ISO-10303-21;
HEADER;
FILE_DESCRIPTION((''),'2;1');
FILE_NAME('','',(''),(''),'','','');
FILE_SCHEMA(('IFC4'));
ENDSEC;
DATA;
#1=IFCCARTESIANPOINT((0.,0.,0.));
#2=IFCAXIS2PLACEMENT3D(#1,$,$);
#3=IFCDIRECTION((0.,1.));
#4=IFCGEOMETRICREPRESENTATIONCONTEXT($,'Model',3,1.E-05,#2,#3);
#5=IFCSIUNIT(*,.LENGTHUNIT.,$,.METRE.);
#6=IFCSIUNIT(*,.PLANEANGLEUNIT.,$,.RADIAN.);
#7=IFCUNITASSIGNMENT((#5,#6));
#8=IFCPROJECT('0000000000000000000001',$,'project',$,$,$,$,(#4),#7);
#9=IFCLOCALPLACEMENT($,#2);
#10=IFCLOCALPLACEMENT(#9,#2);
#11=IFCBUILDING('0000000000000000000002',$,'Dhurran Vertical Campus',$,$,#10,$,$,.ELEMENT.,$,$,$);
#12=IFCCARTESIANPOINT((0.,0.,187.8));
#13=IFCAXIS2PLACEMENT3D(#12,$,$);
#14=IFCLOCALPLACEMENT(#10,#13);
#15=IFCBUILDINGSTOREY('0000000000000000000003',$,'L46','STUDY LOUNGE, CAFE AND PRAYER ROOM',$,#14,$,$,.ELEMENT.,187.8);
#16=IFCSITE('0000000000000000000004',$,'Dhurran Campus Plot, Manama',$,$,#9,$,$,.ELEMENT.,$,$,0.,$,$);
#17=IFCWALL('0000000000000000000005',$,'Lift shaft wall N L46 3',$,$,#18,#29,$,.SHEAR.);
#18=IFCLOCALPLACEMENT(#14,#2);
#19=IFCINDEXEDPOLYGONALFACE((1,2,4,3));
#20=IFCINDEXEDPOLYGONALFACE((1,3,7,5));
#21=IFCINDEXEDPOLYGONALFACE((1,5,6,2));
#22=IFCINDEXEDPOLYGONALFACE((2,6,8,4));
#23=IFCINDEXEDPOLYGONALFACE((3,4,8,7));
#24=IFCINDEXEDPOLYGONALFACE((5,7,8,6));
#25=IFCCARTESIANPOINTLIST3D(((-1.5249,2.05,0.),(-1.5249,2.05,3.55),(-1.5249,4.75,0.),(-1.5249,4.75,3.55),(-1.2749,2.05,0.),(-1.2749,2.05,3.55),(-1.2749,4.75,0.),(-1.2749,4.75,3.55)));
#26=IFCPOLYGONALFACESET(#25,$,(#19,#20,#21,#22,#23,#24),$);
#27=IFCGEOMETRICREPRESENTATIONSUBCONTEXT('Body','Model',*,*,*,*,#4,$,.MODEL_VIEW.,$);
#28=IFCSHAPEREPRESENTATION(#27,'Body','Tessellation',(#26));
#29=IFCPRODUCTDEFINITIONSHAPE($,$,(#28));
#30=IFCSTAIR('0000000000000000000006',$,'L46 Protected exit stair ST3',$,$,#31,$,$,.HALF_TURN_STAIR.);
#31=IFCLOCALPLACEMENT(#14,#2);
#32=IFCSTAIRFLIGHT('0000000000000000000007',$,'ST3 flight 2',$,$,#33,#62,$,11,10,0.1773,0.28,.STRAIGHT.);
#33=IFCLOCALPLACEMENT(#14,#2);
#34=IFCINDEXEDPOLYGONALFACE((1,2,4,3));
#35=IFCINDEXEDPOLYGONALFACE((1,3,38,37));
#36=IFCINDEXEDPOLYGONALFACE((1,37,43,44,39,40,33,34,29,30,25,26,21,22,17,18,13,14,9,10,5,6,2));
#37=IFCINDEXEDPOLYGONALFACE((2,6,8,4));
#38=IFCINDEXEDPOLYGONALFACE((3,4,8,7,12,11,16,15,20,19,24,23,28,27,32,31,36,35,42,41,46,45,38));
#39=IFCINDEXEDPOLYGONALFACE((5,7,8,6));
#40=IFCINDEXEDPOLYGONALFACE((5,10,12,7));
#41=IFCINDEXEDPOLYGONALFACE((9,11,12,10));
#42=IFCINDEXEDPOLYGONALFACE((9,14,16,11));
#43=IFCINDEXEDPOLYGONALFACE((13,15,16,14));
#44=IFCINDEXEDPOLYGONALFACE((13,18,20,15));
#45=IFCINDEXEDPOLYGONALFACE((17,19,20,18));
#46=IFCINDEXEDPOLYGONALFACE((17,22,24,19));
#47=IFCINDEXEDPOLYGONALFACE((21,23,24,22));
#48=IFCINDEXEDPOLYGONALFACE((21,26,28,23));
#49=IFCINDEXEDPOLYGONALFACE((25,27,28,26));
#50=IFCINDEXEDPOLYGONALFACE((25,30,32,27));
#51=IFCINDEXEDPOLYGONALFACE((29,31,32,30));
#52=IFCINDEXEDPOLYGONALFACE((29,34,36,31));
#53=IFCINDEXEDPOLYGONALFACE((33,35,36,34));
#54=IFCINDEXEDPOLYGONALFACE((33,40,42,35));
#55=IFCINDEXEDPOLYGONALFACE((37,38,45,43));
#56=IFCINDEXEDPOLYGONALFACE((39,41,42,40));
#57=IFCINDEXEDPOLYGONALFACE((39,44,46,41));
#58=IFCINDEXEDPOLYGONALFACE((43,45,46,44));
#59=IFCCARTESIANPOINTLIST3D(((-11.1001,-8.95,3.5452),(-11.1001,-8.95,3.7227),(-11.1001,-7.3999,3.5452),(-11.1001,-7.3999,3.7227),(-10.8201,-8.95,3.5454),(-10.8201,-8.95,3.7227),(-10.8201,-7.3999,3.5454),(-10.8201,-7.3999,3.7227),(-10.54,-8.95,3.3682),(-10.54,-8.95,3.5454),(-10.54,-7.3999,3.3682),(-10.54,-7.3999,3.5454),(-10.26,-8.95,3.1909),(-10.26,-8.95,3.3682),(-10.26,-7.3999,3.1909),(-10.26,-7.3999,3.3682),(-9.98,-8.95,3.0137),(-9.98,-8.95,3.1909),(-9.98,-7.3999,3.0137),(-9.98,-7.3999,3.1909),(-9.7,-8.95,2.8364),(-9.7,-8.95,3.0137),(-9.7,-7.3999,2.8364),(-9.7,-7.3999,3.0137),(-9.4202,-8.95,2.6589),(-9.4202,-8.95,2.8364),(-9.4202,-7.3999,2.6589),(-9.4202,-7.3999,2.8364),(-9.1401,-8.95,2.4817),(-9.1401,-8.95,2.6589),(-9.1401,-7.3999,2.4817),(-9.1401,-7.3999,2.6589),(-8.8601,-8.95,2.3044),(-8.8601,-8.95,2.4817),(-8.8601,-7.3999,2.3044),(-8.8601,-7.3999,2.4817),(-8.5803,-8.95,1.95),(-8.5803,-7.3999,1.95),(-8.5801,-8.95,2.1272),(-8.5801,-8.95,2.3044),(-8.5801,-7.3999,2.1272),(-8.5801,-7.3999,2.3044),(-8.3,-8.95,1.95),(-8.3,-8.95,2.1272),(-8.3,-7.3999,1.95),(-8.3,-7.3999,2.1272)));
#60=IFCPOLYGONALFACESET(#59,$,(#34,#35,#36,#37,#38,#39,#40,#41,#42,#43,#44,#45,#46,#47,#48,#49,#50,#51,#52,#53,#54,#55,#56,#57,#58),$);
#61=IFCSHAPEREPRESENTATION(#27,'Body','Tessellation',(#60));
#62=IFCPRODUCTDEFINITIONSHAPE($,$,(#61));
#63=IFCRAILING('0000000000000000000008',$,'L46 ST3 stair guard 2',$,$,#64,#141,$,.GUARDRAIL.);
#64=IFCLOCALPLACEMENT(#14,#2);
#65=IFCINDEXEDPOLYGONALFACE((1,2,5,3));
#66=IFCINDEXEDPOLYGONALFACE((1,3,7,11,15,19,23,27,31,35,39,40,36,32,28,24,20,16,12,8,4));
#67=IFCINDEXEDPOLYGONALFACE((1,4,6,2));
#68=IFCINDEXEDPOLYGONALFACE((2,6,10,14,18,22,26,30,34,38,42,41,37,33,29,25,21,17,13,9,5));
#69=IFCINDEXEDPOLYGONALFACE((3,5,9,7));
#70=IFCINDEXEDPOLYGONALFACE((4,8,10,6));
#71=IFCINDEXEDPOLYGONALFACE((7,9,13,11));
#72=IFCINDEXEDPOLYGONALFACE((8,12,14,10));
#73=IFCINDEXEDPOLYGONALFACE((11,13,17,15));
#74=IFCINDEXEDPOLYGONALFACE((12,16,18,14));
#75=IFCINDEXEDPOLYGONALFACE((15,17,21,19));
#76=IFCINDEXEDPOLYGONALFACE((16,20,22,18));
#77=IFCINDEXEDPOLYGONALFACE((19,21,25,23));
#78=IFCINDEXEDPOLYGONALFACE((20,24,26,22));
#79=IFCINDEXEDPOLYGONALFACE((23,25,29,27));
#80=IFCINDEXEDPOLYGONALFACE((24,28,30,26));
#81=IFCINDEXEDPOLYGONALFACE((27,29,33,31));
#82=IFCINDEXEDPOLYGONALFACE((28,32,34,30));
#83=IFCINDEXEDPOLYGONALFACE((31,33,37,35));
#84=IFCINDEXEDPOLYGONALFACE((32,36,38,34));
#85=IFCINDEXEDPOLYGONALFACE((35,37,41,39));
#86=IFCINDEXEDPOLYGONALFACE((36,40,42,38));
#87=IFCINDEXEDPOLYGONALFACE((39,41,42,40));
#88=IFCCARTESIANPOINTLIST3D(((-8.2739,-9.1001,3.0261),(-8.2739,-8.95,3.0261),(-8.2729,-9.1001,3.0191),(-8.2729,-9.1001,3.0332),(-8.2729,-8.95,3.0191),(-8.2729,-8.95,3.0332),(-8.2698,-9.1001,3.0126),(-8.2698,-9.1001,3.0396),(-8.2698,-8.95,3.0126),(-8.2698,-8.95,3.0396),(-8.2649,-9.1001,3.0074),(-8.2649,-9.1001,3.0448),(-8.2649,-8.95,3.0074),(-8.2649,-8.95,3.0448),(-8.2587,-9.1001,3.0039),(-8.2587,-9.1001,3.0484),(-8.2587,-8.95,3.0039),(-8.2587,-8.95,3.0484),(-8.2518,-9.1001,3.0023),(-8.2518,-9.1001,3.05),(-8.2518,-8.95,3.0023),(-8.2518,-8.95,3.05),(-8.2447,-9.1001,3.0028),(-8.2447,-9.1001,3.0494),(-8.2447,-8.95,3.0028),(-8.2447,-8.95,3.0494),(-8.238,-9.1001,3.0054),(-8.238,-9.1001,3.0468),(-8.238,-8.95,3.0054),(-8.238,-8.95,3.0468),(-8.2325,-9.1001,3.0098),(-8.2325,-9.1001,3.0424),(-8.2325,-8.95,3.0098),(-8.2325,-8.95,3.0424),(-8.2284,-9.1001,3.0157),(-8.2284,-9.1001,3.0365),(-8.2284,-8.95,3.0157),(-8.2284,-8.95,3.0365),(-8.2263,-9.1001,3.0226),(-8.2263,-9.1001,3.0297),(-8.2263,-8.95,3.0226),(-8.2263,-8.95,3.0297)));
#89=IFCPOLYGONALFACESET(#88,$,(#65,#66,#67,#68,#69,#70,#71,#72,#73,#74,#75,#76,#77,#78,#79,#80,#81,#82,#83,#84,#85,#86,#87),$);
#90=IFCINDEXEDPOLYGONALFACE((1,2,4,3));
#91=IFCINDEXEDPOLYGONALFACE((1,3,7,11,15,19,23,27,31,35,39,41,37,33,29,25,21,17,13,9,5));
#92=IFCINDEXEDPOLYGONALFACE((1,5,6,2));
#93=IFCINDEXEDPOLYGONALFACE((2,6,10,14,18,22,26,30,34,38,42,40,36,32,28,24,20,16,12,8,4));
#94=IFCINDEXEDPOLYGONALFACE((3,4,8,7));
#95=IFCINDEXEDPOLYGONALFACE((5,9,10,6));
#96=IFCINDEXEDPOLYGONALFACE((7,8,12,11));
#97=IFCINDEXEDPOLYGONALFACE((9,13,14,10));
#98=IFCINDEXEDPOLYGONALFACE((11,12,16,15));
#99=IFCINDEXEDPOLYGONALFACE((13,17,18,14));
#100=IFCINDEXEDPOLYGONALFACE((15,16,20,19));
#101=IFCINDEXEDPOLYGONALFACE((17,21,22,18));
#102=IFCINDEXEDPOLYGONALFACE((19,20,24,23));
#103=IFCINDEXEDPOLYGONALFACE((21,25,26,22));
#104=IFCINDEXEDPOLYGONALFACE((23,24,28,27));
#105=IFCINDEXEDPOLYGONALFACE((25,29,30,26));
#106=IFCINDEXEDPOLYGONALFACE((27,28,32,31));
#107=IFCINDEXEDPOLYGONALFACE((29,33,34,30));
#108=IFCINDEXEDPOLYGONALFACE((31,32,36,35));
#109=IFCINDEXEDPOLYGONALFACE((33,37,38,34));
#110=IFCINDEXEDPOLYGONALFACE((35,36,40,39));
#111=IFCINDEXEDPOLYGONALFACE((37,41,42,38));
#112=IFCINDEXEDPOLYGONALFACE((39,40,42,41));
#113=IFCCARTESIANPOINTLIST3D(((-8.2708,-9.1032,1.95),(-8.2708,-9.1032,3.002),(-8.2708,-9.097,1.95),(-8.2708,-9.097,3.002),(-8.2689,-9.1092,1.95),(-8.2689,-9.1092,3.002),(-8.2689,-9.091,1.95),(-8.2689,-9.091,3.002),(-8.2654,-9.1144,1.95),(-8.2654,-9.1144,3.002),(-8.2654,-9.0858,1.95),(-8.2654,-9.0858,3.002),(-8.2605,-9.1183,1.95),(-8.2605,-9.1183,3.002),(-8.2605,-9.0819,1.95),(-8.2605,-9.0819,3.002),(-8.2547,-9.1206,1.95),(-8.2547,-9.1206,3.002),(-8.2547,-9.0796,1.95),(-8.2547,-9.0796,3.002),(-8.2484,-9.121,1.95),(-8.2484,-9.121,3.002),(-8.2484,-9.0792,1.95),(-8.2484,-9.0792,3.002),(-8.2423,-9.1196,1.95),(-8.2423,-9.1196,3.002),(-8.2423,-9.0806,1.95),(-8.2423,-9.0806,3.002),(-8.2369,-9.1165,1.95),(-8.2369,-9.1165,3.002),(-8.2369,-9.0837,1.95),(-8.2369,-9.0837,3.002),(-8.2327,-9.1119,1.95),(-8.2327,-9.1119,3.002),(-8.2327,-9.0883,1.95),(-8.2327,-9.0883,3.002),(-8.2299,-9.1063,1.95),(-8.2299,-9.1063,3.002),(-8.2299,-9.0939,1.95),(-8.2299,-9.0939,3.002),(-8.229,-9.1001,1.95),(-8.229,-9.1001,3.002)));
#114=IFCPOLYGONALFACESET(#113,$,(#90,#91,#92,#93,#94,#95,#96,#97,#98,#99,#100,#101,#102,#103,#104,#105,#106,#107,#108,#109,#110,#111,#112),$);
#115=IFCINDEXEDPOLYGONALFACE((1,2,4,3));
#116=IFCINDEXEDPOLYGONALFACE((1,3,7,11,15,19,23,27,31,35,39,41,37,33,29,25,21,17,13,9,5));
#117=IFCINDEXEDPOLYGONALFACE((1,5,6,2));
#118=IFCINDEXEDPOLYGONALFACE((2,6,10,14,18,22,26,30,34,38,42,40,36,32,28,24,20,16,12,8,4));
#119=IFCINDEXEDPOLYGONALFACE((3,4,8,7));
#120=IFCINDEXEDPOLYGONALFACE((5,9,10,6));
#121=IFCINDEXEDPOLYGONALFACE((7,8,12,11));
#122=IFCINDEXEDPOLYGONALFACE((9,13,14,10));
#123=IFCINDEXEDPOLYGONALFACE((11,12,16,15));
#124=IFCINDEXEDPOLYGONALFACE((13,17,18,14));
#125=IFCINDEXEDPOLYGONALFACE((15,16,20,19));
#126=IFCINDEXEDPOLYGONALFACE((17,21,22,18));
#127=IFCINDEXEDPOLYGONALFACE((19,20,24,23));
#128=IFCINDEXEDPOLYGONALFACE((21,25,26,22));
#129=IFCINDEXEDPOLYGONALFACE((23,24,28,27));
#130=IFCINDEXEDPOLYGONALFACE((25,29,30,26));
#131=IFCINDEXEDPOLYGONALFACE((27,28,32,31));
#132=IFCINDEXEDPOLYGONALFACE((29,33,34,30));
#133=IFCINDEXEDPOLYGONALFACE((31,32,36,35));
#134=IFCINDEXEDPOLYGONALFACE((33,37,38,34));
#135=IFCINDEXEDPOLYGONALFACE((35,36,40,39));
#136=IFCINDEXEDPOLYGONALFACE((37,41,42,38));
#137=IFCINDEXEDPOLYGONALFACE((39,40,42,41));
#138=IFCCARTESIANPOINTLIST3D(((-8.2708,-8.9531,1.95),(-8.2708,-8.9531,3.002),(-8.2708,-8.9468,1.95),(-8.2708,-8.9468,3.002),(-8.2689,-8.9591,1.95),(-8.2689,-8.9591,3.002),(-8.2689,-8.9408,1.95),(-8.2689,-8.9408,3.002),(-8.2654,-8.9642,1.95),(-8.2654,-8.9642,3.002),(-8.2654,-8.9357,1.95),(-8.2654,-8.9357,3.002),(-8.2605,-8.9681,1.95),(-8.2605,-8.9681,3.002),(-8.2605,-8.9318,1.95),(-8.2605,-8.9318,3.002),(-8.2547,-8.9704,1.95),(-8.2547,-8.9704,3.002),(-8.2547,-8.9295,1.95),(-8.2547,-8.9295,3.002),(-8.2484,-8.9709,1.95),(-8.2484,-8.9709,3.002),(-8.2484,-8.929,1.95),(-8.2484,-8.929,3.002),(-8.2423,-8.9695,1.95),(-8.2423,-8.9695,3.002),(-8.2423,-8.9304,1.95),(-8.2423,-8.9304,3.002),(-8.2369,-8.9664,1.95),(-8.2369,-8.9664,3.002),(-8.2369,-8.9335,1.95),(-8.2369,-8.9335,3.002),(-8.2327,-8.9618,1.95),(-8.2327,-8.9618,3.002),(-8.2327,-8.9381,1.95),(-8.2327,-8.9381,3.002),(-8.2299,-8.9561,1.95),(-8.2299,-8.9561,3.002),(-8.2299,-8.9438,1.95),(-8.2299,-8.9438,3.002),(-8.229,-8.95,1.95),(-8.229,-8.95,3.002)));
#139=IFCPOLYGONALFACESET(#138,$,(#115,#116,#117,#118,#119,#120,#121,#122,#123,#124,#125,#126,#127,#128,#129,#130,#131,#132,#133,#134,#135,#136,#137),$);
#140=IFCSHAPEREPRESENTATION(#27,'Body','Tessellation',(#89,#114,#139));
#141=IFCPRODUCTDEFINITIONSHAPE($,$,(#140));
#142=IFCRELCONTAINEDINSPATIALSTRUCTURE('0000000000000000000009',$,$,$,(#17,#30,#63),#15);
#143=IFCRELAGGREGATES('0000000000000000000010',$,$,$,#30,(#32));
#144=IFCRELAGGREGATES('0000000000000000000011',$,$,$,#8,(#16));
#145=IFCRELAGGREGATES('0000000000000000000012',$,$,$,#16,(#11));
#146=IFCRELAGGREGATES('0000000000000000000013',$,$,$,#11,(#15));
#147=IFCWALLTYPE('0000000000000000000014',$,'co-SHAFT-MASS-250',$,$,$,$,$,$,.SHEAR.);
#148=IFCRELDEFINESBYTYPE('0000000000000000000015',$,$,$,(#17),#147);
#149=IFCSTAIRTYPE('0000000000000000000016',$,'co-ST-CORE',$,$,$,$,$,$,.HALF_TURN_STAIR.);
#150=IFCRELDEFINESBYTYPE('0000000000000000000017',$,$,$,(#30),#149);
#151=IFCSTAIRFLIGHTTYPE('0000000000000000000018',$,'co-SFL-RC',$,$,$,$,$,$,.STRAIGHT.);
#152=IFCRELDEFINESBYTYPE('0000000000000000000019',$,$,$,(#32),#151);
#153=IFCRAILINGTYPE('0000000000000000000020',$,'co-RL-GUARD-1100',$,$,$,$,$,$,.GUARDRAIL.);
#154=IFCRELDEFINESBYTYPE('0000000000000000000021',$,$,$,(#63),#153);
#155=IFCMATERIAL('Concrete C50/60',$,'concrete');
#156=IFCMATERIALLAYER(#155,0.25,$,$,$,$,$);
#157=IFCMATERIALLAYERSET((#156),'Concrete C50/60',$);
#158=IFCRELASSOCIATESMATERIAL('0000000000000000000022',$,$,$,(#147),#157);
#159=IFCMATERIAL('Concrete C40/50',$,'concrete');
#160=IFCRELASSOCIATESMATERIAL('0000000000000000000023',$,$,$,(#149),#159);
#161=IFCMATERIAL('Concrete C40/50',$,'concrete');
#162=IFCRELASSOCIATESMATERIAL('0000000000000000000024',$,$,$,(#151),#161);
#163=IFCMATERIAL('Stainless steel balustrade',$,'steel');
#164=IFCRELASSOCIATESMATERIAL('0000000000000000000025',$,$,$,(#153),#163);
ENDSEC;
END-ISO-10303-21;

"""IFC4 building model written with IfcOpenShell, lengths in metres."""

from ifc_helpers import new_model, si_unit, direction, frame, origin, origin_2d, place, context, subcontext, project, spatial, polyline, circle, outline, extrude, material, layer, layer_set, type_object, element, aggregate, save


model = new_model("IFC4")

# Units and contexts
model_context = context("Model", 3, precision=1e-05, world=origin(), true_north=direction((0.0, 1.0)))
body_context = subcontext(model_context, "Body", "Model", "MODEL_VIEW")
ifc_project = project(units=[si_unit("LENGTHUNIT", "METRE"), si_unit("PLANEANGLEUNIT", "RADIAN")], contexts=[model_context])

# Site, building, storey
site_placement = place(None, origin())
site = spatial("IfcSite", under=ifc_project, at=site_placement, Name="Dhurran Campus Plot, Manama", CompositionType="ELEMENT", RefElevation=0.0)
building_placement = place(site_placement, origin())
building = spatial("IfcBuilding", under=site, at=building_placement, Name="Dhurran Vertical Campus", CompositionType="ELEMENT")
storey_placement = place(building_placement, frame((0.0, 0.0, 187.8)))
storey = spatial("IfcBuildingStorey", under=building, at=storey_placement, Name="L46", Description="STUDY LOUNGE, CAFE AND PRAYER ROOM", CompositionType="ELEMENT", Elevation=187.8)

# Wall
ifc_material_1 = material(Name="Concrete C50/60", Category="concrete")
ifc_layer_1 = layer(ifc_material_1, 0.25)
ifc_layer_set_1 = layer_set([ifc_layer_1], Name="Concrete C50/60")
wall_type_1 = type_object("IfcWallType", Name="co-SHAFT-MASS-250", PredefinedType="SHEAR", material=ifc_layer_set_1)
wall_1_placement = place(storey_placement, origin())
element("IfcWall", 1, at=wall_1_placement, inside=storey, type_object=wall_type_1, Name="Lift shaft wall N L46 3", PredefinedType="SHEAR", context=body_context, shape_type="SweptSolid", body=[
    extrude(outline(polyline([(-1.5249, 2.05), (-1.2749, 2.05), (-1.2749, 4.75), (-1.5249, 4.75), (-1.5249, 2.05)])), origin(), (0.0, 0.0, 1.0), 3.55),
])

# Stair, stair flight
ifc_material_2 = material(Name="Concrete C40/50", Category="concrete")
stair_type = type_object("IfcStairType", Name="co-ST-CORE", PredefinedType="HALF_TURN_STAIR", material=ifc_material_2)
stair_placement = place(storey_placement, origin())
stair = element("IfcStair", 2, at=stair_placement, inside=storey, type_object=stair_type, Name="L46 Protected exit stair ST3", PredefinedType="HALF_TURN_STAIR")
ifc_material_3 = material(Name="Concrete C40/50", Category="concrete")
stair_flight_type = type_object("IfcStairFlightType", Name="co-SFL-RC", PredefinedType="STRAIGHT", material=ifc_material_3)
stair_flight_placement = place(storey_placement, frame((-8.3, -8.175, 1.95), z_axis=(0.0, 0.0, 1.0), x_axis=(-1.0, 0.0, 0.0)))
stair_flight = element("IfcStairFlight", 3, at=stair_flight_placement, type_object=stair_flight_type, Name="ST3 flight 2", NumberOfRisers=11, NumberOfTreads=10, PredefinedType="STRAIGHT", RiserHeight=0.1773, TreadLength=0.28, context=body_context, shape_type="SweptSolid", body=[
    extrude(outline(polyline([(0.0, 0.0), (0.0, 0.1772), (0.28, 0.1772), (0.28, 0.3545), (0.5601, 0.3545), (0.5601, 0.5317), (0.8401, 0.5317), (0.8401, 0.709), (1.1201, 0.709), (1.1201, 0.8865), (1.3999, 0.8865), (1.3999, 1.0637), (1.6799, 1.0637), (1.6799, 1.241), (1.96, 1.241), (1.96, 1.4182), (2.24, 1.4182), (2.24, 1.5955), (2.52, 1.5955), (2.52, 1.7727), (2.8, 1.7727), (2.8, 1.95), (2.8, 1.5952), (0.2803, 0.0), (0.0, 0.0)])), frame((0.0, 0.7749, 0.0), z_axis=(0.0, -1.0, 0.0), x_axis=(1.0, 0.0, 0.0)), (0.0, 0.0, 1.0), 1.55),
])
aggregate(stair, [stair_flight])

# Railing
ifc_material_4 = material(Name="Stainless steel balustrade", Category="steel")
railing_type_1 = type_object("IfcRailingType", Name="co-RL-GUARD-1100", PredefinedType="GUARDRAIL", material=ifc_material_4)
railing_1_placement = place(storey_placement, frame((-8.25, -9.1001, 1.95)))
element("IfcRailing", 4, at=railing_1_placement, inside=storey, type_object=railing_type_1, Name="L46 ST3 stair guard 2", PredefinedType="GUARDRAIL", context=body_context, shape_type="SweptSolid", body=[
    extrude(circle(Radius=0.0239, at=origin_2d()), frame((0.0, 0.0, 1.0762), z_axis=(0.0, 1.0, 0.0), x_axis=(-1.0, 0.0, 0.0)), (0.0, 0.0, 1.0), 0.1501),
    extrude(circle(Radius=0.021, at=origin_2d()), origin(), (0.0, 0.0, 1.0), 1.052),
    extrude(circle(Radius=0.021, at=origin_2d()), frame((0.0, 0.1501, 0.0)), (0.0, 0.0, 1.0), 1.052),
])

save(model, "model.ifc")
